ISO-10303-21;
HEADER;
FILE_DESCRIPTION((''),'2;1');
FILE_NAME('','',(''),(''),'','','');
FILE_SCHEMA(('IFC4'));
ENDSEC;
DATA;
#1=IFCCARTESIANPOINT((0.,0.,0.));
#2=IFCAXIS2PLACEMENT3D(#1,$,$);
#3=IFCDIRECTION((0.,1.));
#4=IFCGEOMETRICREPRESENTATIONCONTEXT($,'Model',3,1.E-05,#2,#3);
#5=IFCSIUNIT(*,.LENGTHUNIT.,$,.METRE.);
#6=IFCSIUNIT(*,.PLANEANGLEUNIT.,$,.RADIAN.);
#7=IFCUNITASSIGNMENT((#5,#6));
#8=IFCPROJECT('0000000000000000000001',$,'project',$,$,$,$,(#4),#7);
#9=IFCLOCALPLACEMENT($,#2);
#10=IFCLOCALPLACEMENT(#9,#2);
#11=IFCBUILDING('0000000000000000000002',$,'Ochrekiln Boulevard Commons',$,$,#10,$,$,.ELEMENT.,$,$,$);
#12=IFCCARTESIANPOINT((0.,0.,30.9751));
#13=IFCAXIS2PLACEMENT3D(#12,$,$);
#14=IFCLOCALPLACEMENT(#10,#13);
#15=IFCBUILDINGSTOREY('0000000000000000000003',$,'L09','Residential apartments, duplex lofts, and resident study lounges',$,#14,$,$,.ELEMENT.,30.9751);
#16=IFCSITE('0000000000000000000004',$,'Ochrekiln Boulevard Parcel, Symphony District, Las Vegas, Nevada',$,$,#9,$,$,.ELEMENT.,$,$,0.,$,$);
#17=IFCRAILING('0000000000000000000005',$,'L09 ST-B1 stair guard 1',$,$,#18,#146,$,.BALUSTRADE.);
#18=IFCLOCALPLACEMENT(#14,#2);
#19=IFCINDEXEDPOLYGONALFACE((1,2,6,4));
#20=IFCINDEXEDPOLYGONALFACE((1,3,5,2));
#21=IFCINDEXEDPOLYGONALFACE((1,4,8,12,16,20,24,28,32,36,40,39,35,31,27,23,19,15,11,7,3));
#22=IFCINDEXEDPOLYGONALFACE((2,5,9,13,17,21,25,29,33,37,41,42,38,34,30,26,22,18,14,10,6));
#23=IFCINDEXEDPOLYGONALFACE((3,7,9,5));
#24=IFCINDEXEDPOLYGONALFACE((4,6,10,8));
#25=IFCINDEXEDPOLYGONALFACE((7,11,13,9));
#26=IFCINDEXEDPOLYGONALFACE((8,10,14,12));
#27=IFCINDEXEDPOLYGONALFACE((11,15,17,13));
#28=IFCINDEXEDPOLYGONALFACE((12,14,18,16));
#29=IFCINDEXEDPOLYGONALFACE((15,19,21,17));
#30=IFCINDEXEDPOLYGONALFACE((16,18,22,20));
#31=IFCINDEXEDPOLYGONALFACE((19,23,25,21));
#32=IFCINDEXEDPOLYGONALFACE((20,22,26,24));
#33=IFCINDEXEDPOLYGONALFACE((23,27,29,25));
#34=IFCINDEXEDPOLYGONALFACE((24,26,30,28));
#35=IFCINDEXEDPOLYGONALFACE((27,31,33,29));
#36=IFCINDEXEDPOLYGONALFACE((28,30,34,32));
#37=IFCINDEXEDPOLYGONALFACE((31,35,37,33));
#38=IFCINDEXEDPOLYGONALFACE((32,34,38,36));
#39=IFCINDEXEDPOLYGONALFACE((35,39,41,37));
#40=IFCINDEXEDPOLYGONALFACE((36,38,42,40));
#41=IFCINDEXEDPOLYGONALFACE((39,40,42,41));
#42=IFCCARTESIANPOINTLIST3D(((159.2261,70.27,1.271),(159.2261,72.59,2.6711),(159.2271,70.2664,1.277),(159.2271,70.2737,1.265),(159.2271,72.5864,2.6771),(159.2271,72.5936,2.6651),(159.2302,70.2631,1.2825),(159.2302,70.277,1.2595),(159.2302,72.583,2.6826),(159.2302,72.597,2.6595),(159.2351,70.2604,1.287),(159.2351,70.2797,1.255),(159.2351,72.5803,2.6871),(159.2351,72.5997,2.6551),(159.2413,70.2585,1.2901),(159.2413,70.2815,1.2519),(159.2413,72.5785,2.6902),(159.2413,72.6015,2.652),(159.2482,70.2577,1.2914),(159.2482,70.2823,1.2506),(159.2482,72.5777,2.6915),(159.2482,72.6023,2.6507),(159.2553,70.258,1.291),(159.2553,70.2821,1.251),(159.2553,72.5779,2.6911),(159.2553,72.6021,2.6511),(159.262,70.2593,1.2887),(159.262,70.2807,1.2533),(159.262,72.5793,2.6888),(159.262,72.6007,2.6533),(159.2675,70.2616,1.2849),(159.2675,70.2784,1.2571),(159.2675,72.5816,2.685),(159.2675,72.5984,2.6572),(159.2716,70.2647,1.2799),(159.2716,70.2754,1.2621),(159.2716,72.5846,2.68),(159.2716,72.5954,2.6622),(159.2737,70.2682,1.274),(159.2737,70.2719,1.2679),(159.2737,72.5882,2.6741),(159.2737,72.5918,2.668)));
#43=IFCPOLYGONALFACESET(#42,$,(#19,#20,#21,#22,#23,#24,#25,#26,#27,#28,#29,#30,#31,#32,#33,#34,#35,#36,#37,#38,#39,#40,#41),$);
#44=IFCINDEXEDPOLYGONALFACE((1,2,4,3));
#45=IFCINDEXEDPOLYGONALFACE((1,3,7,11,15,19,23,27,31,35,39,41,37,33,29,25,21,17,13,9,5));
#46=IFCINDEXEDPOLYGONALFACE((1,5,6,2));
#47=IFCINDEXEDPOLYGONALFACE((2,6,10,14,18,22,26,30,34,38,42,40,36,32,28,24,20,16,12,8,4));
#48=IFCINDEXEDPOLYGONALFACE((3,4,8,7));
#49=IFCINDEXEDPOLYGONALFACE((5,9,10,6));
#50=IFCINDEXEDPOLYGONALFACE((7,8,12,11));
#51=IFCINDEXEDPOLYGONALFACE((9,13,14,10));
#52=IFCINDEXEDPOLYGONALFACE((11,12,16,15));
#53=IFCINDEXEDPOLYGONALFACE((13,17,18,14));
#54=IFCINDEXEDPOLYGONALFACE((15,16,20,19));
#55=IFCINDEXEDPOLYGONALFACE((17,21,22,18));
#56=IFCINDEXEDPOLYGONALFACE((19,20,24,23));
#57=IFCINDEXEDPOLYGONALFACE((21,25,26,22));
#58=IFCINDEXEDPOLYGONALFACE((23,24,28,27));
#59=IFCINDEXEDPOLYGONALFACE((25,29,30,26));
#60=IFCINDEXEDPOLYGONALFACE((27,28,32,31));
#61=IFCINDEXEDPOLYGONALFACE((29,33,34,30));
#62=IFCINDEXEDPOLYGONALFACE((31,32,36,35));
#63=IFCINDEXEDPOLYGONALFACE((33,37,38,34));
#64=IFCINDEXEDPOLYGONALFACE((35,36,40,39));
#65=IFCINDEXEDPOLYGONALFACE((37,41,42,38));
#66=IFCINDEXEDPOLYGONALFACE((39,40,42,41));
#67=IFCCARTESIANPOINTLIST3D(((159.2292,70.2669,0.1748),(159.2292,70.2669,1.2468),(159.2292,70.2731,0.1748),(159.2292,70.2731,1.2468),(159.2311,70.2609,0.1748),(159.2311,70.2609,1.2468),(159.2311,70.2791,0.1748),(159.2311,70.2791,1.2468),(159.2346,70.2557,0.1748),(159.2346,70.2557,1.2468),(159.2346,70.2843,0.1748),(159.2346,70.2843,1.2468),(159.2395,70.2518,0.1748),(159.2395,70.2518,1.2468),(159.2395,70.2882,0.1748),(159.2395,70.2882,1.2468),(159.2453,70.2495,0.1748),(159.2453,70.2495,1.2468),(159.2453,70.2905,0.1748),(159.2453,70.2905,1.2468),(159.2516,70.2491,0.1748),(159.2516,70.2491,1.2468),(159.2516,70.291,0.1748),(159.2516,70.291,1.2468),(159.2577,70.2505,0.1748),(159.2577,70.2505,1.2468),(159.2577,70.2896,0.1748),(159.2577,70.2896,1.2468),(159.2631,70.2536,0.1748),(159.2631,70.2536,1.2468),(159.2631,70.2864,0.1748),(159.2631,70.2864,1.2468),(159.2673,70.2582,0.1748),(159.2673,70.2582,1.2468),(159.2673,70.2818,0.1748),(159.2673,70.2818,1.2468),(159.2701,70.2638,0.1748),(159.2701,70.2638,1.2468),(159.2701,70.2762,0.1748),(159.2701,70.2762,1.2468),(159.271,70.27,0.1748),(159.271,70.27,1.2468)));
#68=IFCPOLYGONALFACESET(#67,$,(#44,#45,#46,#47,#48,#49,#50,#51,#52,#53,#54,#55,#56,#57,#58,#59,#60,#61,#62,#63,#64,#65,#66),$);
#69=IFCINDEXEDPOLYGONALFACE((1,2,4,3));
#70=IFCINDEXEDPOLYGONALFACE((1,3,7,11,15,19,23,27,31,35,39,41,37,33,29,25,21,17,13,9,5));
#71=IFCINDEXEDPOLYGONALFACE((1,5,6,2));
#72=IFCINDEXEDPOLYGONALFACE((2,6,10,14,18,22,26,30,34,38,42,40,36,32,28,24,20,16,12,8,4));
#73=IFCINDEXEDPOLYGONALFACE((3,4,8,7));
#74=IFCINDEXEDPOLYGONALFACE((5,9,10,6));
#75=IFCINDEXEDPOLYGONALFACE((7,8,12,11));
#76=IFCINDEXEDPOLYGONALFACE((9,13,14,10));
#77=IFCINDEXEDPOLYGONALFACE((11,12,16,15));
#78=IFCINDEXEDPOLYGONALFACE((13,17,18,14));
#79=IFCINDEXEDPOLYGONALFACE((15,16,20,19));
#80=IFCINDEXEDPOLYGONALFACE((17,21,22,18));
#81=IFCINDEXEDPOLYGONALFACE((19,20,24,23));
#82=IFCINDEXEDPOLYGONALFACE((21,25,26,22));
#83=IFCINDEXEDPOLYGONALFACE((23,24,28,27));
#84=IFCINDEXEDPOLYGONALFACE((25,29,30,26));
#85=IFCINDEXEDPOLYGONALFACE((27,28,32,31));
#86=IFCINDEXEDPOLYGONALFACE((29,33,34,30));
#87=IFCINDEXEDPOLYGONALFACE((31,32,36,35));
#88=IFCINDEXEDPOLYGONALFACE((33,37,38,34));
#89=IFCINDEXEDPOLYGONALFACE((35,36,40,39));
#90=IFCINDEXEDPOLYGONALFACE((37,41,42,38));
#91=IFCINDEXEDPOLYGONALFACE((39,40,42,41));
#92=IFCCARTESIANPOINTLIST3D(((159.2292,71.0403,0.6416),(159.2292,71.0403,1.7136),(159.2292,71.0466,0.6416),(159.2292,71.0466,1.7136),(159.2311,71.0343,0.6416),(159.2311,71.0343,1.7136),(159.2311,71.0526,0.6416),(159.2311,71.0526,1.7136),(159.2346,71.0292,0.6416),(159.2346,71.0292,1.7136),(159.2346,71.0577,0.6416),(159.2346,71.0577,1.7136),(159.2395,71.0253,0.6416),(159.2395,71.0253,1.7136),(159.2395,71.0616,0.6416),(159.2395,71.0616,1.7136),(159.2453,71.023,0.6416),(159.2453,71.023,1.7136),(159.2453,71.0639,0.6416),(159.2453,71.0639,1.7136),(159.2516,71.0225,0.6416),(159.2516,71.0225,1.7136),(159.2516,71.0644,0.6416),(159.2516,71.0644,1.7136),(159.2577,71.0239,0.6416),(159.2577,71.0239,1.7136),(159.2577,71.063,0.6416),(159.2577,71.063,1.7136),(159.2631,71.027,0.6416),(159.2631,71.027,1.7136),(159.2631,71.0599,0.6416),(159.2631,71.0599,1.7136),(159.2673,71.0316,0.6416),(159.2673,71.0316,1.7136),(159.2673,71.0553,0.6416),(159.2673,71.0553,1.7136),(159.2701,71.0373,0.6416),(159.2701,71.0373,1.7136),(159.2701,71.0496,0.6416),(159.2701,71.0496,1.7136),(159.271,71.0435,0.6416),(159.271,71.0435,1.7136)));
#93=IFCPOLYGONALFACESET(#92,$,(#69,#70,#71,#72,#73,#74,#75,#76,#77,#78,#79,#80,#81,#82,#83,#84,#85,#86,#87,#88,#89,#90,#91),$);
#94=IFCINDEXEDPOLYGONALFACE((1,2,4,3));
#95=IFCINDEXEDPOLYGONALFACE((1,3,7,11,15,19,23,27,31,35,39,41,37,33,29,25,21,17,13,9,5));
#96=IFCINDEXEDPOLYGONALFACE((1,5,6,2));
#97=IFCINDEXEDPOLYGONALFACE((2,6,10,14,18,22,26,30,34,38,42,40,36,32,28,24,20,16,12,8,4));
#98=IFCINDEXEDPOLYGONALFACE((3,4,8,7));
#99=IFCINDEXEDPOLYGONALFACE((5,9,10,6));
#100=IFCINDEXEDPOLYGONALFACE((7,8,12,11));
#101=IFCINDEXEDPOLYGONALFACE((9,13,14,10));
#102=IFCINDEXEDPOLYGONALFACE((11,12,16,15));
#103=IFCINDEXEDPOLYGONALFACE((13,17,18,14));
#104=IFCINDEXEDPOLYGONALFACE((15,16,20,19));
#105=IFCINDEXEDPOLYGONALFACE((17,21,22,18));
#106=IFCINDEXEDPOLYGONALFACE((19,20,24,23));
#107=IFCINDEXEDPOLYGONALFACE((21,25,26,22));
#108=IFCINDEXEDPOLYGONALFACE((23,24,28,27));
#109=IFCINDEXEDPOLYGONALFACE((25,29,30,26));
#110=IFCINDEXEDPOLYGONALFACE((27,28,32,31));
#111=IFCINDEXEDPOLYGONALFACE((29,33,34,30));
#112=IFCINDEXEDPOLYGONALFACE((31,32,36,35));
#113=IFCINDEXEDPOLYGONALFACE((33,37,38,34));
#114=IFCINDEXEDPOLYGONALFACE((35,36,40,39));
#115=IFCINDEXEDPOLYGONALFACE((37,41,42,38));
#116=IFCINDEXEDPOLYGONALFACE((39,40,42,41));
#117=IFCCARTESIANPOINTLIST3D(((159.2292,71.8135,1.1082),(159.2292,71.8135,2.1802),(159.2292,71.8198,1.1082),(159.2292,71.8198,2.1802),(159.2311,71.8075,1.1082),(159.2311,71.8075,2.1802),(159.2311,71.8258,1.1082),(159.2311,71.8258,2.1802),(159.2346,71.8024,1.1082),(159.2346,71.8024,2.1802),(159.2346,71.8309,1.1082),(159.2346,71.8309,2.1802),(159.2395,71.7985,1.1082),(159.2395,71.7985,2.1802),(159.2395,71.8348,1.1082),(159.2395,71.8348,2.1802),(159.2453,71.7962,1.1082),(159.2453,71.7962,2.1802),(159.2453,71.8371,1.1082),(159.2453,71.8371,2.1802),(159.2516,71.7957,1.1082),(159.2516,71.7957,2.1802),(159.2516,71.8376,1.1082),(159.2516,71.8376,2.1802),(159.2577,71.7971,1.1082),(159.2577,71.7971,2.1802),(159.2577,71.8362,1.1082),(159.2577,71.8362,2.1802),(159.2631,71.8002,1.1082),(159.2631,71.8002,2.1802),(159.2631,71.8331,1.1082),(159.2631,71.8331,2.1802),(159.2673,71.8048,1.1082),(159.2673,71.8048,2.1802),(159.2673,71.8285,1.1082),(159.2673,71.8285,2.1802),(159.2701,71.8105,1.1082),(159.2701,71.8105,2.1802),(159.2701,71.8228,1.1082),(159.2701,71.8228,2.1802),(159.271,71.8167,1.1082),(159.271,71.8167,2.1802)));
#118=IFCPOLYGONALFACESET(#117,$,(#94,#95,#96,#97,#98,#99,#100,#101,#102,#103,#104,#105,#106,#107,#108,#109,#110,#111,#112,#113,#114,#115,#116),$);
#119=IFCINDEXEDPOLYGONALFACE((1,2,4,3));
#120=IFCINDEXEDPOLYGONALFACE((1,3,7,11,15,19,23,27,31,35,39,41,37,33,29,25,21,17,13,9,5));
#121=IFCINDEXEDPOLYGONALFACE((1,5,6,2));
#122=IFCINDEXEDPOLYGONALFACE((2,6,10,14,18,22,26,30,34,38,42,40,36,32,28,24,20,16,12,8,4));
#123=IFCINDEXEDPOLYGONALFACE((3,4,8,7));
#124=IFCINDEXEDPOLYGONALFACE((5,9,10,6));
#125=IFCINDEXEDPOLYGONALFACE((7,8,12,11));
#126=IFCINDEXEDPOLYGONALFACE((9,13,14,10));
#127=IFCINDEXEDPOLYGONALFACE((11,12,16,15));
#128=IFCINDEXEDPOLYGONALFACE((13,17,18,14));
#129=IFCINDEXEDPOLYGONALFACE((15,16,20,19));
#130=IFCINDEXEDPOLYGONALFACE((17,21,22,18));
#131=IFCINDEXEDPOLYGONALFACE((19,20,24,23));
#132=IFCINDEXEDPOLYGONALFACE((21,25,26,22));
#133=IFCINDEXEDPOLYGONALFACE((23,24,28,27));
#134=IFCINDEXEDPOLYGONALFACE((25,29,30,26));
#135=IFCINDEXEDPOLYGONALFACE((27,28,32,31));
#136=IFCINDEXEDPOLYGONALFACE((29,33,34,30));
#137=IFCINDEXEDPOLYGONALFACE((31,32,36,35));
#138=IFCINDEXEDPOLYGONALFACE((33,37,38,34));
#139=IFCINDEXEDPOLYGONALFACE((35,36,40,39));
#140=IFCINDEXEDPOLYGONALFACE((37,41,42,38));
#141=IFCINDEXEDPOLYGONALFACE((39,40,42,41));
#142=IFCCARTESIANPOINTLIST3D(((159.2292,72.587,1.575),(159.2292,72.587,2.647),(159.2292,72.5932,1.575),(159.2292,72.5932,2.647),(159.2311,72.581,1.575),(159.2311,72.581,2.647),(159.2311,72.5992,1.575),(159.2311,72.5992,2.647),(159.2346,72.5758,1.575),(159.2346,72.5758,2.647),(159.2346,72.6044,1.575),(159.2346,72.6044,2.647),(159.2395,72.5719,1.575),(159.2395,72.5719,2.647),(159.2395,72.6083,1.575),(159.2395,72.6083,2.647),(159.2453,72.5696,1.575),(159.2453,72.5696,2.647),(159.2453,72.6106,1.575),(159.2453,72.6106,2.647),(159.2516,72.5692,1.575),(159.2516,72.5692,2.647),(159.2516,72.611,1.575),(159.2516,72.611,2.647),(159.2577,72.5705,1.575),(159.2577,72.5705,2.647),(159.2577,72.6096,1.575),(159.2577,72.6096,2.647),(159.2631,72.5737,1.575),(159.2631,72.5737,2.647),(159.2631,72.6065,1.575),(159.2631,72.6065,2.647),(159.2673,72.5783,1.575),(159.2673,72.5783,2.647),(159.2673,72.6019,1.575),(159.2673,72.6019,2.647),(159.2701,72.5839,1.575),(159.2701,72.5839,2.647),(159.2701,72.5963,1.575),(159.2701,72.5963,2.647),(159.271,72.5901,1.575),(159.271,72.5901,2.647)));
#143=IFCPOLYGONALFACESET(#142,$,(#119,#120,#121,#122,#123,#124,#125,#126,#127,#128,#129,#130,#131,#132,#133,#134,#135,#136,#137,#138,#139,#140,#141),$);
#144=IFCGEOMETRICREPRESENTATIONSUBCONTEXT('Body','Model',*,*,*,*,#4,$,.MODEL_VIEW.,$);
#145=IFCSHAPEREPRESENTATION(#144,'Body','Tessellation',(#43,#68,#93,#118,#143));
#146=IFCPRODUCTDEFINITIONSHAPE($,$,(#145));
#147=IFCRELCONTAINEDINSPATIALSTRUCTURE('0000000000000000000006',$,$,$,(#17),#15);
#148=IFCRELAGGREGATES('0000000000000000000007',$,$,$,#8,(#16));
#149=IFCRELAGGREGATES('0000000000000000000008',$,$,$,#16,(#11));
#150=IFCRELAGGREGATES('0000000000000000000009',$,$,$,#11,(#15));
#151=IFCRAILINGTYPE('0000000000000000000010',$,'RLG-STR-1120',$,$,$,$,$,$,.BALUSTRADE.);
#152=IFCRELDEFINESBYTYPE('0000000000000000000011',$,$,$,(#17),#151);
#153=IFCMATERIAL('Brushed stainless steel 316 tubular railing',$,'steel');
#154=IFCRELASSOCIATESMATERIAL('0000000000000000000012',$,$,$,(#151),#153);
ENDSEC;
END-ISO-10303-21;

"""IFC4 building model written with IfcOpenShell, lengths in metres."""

from ifc_helpers import new_model, si_unit, direction, frame, origin, origin_2d, place, context, subcontext, project, spatial, circle, extrude, material, type_object, element, save


model = new_model("IFC4")

# Units and contexts
model_context = context("Model", 3, precision=1e-05, world=origin(), true_north=direction((0.0, 1.0)))
body_context = subcontext(model_context, "Body", "Model", "MODEL_VIEW")
ifc_project = project(units=[si_unit("LENGTHUNIT", "METRE"), si_unit("PLANEANGLEUNIT", "RADIAN")], contexts=[model_context])

# Site, building, storey
site_placement = place(None, origin())
site = spatial("IfcSite", under=ifc_project, at=site_placement, Name="Ochrekiln Boulevard Parcel, Symphony District, Las Vegas, Nevada", CompositionType="ELEMENT", RefElevation=0.0)
building_placement = place(site_placement, origin())
building = spatial("IfcBuilding", under=site, at=building_placement, Name="Ochrekiln Boulevard Commons", CompositionType="ELEMENT")
storey_placement = place(building_placement, frame((0.0, 0.0, 30.9751)))
storey = spatial("IfcBuildingStorey", under=building, at=storey_placement, Name="L09", Description="Residential apartments, duplex lofts, and resident study lounges", CompositionType="ELEMENT", Elevation=30.9751)

# Railing
ifc_material_1 = material(Name="Brushed stainless steel 316 tubular railing", Category="steel")
railing_type_1 = type_object("IfcRailingType", Name="RLG-STR-1120", PredefinedType="BALUSTRADE", material=ifc_material_1)
railing_1_placement = place(storey_placement, frame((159.25, 70.27, 0.1748)))
element("IfcRailing", 1, at=railing_1_placement, inside=storey, type_object=railing_type_1, Name="L09 ST-B1 stair guard 1", PredefinedType="BALUSTRADE", context=body_context, shape_type="SweptSolid", body=[
    extrude(circle(Radius=0.0239, at=origin_2d()), frame((0.0, 0.0, 1.0962), z_axis=(0.0, 0.85617, 0.516693), x_axis=(-1.0, 0.0, 0.0)), (0.0, 0.0, 1.0), 2.7097),
    extrude(circle(Radius=0.021, at=origin_2d()), origin(), (0.0, 0.0, 1.0), 1.072),
    extrude(circle(Radius=0.021, at=origin_2d()), frame((0.0, 0.7734, 0.4668)), (0.0, 0.0, 1.0), 1.072),
    extrude(circle(Radius=0.021, at=origin_2d()), frame((0.0, 1.5466, 0.9333)), (0.0, 0.0, 1.0), 1.072),
    extrude(circle(Radius=0.021, at=origin_2d()), frame((0.0, 2.3201, 1.4001)), (0.0, 0.0, 1.0), 1.072),
])

save(model, "model.ifc")
